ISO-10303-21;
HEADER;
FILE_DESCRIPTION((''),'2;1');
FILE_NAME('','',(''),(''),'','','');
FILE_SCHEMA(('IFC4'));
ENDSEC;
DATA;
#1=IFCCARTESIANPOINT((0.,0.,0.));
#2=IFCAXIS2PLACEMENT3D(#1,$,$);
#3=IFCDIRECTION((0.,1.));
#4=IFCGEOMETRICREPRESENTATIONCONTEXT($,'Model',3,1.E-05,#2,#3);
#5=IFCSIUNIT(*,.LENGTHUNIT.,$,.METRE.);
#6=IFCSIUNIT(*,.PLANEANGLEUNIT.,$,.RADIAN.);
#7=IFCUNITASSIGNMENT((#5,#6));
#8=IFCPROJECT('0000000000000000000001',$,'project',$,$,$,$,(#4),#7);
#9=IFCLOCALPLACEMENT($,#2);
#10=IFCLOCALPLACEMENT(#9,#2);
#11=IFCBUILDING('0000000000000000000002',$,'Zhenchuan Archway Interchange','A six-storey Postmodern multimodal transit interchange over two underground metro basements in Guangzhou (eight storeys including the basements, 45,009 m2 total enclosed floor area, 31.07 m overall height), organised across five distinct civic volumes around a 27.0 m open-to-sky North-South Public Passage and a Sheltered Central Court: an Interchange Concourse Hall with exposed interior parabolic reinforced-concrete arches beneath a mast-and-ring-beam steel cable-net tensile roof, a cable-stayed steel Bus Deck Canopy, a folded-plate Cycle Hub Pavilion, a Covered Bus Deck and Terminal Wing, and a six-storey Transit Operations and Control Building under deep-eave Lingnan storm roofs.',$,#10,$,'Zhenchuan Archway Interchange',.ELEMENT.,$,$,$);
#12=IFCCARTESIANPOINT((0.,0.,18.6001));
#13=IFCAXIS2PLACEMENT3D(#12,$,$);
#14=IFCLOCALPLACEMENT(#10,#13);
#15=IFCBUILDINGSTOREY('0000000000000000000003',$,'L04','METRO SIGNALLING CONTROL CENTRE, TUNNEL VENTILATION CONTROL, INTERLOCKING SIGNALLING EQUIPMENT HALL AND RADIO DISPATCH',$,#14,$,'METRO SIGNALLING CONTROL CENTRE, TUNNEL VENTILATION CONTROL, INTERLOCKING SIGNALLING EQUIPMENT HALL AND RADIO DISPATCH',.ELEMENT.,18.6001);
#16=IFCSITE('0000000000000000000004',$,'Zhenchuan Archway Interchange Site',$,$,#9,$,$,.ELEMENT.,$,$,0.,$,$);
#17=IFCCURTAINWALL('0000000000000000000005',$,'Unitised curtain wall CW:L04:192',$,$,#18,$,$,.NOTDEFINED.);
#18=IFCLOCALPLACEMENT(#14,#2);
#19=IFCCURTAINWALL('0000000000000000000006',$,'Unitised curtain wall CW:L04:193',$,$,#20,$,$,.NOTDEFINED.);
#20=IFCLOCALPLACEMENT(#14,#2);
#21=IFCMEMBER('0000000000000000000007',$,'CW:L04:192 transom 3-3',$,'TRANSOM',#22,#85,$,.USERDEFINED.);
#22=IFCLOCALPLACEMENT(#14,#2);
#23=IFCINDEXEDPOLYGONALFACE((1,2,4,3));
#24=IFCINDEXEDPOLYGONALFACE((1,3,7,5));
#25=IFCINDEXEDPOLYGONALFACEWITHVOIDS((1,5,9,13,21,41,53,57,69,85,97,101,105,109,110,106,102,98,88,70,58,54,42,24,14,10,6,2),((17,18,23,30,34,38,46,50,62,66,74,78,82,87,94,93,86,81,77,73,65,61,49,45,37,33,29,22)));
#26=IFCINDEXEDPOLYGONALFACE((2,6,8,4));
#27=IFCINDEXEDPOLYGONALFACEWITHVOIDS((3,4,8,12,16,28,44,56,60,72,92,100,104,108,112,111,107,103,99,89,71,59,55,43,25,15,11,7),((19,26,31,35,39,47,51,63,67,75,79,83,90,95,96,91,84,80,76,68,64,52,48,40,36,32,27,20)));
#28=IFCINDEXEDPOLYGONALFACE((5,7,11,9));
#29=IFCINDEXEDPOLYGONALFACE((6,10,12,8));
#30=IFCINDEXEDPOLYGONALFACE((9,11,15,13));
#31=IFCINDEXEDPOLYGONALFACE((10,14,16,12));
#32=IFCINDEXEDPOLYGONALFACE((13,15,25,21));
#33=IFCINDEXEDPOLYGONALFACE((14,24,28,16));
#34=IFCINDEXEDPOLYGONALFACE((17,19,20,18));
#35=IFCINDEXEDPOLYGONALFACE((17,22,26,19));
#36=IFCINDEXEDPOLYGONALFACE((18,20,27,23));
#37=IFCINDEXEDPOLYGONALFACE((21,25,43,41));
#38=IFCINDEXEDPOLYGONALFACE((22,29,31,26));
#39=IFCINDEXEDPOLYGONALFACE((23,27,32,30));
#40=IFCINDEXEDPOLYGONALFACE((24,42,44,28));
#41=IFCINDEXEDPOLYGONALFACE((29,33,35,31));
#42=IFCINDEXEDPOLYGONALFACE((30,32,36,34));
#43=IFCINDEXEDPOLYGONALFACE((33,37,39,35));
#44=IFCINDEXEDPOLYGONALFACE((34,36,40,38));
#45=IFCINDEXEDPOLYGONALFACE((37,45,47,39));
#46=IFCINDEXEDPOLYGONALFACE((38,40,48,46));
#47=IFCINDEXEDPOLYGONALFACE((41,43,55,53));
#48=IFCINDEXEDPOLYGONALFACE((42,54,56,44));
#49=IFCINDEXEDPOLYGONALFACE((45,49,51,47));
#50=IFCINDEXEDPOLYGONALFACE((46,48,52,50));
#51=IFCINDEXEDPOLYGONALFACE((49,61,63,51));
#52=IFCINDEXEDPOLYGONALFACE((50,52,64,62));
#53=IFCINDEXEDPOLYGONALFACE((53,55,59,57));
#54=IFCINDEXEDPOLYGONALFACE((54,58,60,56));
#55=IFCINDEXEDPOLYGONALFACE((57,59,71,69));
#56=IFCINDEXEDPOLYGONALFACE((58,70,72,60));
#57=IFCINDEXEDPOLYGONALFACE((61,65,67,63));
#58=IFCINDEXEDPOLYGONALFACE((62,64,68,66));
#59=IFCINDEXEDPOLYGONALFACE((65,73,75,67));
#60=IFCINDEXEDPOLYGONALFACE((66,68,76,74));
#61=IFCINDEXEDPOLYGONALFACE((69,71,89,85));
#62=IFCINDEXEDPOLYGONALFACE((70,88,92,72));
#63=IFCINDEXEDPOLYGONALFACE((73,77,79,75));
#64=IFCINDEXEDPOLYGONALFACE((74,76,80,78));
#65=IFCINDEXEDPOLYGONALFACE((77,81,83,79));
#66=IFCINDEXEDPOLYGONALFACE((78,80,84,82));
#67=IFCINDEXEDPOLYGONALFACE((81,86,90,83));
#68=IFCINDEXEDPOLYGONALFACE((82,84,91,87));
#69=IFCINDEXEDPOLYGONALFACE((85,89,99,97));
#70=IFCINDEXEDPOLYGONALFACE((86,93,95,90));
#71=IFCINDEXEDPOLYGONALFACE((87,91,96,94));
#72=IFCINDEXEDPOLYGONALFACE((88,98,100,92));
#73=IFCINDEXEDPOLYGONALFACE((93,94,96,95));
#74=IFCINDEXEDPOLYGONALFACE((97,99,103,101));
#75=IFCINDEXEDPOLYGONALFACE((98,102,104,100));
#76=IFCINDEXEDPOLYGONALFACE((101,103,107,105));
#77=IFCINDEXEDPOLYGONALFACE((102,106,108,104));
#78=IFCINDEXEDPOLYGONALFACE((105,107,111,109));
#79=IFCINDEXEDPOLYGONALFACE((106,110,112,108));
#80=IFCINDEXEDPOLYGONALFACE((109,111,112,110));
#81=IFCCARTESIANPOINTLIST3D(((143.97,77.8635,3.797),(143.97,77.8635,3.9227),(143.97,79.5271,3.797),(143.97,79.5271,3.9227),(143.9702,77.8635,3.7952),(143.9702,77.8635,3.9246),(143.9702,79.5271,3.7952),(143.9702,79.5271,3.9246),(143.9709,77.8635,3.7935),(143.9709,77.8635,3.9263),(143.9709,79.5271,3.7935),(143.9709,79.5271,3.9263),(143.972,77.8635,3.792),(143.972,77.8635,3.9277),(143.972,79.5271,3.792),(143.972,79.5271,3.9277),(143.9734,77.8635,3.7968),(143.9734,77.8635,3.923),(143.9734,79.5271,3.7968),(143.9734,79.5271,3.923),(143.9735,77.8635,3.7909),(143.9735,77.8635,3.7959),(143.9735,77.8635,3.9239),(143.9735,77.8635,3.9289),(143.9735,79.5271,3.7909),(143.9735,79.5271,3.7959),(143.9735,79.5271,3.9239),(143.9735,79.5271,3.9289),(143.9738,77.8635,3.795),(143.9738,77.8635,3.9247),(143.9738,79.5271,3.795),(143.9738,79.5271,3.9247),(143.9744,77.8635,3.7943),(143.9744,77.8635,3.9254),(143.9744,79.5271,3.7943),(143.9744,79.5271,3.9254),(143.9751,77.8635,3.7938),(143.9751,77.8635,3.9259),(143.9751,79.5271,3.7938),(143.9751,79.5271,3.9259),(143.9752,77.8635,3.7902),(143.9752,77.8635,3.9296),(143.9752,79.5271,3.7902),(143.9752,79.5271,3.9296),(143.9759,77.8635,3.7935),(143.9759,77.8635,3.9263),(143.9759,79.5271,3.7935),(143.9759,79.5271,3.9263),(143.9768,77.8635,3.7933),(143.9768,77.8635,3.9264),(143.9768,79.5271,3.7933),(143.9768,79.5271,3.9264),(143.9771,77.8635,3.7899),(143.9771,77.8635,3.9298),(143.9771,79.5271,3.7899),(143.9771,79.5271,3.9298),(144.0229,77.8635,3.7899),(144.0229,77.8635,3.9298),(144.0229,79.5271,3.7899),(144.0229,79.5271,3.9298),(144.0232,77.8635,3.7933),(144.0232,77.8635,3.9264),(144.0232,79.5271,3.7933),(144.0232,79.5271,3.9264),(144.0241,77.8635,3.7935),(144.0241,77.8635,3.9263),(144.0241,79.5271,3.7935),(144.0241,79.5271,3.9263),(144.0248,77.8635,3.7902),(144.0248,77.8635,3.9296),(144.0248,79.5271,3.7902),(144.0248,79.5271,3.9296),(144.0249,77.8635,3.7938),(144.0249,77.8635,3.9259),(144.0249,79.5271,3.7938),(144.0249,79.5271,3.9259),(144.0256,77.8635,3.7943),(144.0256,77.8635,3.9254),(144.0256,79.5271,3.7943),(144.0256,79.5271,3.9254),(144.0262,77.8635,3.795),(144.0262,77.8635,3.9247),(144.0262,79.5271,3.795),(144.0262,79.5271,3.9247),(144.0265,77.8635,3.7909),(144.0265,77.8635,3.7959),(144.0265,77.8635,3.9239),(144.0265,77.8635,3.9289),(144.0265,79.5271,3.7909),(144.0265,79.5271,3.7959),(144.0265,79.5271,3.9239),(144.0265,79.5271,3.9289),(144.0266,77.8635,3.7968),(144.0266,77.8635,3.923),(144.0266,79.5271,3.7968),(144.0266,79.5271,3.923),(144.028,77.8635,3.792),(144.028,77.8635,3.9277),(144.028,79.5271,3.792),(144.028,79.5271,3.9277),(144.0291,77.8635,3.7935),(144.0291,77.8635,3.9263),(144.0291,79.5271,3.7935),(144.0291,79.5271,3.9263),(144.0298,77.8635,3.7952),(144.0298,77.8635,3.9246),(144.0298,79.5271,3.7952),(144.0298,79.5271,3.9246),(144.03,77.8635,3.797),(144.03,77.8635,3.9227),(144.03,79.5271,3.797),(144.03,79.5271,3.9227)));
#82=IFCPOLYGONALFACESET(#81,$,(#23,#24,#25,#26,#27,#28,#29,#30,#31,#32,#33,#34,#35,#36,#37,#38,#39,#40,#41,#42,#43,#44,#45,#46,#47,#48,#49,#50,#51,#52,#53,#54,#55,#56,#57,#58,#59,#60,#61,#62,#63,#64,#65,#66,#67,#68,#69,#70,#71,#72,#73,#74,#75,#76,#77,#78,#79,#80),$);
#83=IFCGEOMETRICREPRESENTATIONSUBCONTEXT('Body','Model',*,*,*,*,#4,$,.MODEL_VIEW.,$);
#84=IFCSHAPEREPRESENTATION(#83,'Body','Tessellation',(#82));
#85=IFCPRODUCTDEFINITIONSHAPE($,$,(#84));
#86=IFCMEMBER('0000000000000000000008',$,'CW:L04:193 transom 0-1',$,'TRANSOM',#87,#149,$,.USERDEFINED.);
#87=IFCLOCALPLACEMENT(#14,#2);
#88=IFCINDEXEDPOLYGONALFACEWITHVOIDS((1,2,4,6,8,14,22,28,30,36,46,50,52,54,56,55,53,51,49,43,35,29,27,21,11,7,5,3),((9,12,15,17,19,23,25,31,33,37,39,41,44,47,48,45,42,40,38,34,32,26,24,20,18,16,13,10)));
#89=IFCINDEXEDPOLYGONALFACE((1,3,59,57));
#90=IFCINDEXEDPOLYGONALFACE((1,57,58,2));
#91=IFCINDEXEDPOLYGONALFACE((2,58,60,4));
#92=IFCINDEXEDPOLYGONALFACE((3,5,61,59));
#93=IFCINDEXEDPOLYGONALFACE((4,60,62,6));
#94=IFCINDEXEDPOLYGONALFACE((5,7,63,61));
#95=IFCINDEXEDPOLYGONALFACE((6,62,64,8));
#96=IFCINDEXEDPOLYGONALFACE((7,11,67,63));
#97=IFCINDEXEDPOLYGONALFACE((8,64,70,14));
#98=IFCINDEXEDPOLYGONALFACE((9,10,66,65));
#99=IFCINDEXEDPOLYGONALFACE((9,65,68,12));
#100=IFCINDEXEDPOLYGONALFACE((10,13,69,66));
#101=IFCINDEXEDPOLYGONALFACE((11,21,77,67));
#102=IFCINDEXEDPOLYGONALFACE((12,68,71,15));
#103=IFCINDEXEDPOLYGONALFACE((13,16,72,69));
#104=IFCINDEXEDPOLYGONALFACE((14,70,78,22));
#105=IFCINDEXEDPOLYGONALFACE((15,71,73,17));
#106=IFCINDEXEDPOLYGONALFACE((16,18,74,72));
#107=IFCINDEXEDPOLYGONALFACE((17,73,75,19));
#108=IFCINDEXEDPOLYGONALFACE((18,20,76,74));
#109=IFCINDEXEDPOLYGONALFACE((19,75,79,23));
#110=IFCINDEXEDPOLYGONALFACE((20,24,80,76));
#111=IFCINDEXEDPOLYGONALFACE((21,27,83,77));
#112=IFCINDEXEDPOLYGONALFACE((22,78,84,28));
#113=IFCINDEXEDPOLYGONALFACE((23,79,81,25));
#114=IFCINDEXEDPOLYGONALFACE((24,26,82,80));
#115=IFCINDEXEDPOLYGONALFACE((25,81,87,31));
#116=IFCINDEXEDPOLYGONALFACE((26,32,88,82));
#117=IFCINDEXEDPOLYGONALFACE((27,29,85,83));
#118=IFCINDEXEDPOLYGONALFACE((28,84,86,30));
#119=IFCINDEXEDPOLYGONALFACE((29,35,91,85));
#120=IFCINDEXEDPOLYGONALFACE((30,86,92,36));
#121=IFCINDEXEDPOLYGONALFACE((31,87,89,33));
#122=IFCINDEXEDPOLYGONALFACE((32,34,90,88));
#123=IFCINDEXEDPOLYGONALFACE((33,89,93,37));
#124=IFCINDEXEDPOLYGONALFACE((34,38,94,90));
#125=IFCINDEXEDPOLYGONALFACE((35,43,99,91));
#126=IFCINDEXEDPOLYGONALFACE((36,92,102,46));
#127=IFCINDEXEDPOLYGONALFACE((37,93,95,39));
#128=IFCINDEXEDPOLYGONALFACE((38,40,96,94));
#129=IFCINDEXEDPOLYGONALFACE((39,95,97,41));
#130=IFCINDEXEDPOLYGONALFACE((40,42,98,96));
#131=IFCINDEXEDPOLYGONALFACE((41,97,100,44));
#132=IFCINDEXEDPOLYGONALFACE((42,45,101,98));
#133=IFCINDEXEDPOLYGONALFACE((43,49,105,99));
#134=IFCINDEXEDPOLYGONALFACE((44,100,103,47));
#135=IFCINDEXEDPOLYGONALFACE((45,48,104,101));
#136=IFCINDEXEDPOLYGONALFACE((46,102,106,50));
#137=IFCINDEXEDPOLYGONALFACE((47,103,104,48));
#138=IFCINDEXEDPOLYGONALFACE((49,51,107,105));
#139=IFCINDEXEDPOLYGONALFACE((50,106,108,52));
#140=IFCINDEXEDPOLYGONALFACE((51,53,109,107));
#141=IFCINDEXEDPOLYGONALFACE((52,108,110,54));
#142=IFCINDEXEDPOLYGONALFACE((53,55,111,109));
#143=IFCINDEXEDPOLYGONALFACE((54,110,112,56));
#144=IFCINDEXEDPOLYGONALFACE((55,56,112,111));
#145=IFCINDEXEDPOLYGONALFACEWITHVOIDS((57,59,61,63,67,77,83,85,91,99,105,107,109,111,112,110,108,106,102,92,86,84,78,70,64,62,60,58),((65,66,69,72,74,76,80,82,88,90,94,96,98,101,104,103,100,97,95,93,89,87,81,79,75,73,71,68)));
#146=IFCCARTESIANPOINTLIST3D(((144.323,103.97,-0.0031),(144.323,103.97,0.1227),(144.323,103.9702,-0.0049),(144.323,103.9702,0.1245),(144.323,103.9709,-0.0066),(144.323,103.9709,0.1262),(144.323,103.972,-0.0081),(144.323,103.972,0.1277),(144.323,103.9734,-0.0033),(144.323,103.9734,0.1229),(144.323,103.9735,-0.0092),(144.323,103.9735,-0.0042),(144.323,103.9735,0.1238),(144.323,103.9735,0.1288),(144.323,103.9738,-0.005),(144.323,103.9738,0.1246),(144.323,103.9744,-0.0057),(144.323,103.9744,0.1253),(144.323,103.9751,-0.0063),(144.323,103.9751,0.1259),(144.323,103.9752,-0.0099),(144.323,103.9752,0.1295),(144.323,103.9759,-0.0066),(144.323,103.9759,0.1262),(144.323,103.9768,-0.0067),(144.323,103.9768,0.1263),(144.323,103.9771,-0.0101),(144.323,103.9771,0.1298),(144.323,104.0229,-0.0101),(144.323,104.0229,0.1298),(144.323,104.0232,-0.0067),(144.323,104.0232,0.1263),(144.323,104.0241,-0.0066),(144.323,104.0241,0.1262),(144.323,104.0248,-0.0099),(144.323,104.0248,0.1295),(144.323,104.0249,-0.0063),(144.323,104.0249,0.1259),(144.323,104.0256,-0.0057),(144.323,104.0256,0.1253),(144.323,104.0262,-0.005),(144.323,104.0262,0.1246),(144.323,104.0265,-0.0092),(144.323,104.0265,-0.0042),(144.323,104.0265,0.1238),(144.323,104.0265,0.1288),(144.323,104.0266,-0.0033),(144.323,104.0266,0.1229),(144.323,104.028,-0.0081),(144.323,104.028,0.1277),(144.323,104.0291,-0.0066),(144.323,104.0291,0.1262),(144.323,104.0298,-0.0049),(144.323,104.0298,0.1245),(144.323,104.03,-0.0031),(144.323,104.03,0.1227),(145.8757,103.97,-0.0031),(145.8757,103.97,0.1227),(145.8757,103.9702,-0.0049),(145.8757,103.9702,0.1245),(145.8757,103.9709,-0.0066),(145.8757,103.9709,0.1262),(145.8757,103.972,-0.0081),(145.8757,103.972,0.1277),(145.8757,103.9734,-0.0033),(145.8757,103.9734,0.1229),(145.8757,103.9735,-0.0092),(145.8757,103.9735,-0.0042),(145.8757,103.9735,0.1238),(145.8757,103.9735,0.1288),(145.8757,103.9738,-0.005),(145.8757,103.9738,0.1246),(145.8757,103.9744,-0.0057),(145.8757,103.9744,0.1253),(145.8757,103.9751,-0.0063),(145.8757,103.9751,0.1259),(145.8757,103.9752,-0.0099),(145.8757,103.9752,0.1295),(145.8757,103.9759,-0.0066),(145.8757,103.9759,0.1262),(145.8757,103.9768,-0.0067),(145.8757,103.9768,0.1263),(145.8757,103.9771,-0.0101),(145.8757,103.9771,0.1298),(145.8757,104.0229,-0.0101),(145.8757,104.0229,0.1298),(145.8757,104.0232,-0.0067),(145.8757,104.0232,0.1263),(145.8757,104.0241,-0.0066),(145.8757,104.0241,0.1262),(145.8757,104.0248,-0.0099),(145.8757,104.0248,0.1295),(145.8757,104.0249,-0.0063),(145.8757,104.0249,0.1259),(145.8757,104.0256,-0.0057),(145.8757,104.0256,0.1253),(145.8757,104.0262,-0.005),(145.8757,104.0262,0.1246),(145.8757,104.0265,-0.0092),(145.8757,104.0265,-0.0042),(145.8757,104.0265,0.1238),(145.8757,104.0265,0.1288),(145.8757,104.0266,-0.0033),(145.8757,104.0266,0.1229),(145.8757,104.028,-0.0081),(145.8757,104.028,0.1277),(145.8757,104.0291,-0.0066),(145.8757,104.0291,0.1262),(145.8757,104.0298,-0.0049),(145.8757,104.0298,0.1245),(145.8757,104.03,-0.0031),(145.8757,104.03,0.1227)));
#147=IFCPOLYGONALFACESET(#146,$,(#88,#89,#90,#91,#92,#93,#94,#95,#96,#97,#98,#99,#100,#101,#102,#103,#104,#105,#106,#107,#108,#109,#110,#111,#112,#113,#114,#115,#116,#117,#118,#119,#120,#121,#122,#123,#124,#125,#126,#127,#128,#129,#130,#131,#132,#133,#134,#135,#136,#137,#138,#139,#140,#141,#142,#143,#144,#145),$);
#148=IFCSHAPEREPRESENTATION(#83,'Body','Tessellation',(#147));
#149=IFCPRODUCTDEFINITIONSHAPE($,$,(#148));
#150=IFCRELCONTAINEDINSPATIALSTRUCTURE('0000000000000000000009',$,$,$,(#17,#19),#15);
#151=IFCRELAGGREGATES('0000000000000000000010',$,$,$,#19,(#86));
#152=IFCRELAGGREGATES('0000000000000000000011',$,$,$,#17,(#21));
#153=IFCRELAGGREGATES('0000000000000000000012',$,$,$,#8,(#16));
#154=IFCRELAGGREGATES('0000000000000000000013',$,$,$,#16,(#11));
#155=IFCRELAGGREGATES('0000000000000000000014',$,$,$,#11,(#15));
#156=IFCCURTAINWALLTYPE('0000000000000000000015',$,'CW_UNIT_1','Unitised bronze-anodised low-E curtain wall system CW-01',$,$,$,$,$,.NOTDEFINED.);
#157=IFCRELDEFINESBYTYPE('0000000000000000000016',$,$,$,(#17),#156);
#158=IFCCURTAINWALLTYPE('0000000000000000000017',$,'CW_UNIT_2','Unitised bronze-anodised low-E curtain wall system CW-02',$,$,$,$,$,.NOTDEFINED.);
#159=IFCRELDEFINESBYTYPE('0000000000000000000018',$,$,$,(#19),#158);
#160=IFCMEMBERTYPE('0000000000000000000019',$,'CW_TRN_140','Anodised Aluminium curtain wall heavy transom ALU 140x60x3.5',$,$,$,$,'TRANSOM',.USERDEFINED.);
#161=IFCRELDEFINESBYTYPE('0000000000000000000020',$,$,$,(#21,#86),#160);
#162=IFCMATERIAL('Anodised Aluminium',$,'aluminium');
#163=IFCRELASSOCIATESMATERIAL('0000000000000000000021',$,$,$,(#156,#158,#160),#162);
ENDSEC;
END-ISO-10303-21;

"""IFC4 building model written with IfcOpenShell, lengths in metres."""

from ifc_helpers import new_model, si_unit, direction, frame, origin, origin_2d, place, context, subcontext, project, spatial, hollow_rectangle, extrude, material, material_profile, profile_set, type_object, element, aggregate, save


model = new_model("IFC4")

# Units and contexts
model_context = context("Model", 3, precision=1e-05, world=origin(), true_north=direction((0.0, 1.0)))
body_context = subcontext(model_context, "Body", "Model", "MODEL_VIEW")
ifc_project = project(units=[si_unit("LENGTHUNIT", "METRE"), si_unit("PLANEANGLEUNIT", "RADIAN")], contexts=[model_context])

# Site, building, storey
site_placement = place(None, origin())
site = spatial("IfcSite", under=ifc_project, at=site_placement, Name="Zhenchuan Archway Interchange Site", CompositionType="ELEMENT", RefElevation=0.0)
building_placement = place(site_placement, origin())
building = spatial("IfcBuilding", under=site, at=building_placement, Name="Zhenchuan Archway Interchange", Description="A six-storey Postmodern multimodal transit interchange over two underground metro basements in Guangzhou (eight storeys including the basements, 45,009 m2 total enclosed floor area, 31.07 m overall height), organised across five distinct civic volumes around a 27.0 m open-to-sky North-South Public Passage and a Sheltered Central Court: an Interchange Concourse Hall with exposed interior parabolic reinforced-concrete arches beneath a mast-and-ring-beam steel cable-net tensile roof, a cable-stayed steel Bus Deck Canopy, a folded-plate Cycle Hub Pavilion, a Covered Bus Deck and Terminal Wing, and a six-storey Transit Operations and Control Building under deep-eave Lingnan storm roofs.", LongName="Zhenchuan Archway Interchange", CompositionType="ELEMENT")
storey_placement = place(building_placement, frame((0.0, 0.0, 18.6001)))
storey = spatial("IfcBuildingStorey", under=building, at=storey_placement, Name="L04", Description="METRO SIGNALLING CONTROL CENTRE, TUNNEL VENTILATION CONTROL, INTERLOCKING SIGNALLING EQUIPMENT HALL AND RADIO DISPATCH", LongName="METRO SIGNALLING CONTROL CENTRE, TUNNEL VENTILATION CONTROL, INTERLOCKING SIGNALLING EQUIPMENT HALL AND RADIO DISPATCH", CompositionType="ELEMENT", Elevation=18.6001)

# Curtain walls
ifc_material_1 = material(Name="Anodised Aluminium", Category="aluminium")
curtain_wall_type_1 = type_object("IfcCurtainWallType", Name="CW_UNIT_1", Description="Unitised bronze-anodised low-E curtain wall system CW-01", PredefinedType="NOTDEFINED", material=ifc_material_1)
curtain_wall_1_placement = place(storey_placement, origin())
curtain_wall_1 = element("IfcCurtainWall", 1, at=curtain_wall_1_placement, inside=storey, type_object=curtain_wall_type_1, Name="Unitised curtain wall CW:L04:192", PredefinedType="NOTDEFINED")
curtain_wall_type_2 = type_object("IfcCurtainWallType", Name="CW_UNIT_2", Description="Unitised bronze-anodised low-E curtain wall system CW-02", PredefinedType="NOTDEFINED", material=ifc_material_1)
curtain_wall_2_placement = place(storey_placement, origin())
curtain_wall_2 = element("IfcCurtainWall", 2, at=curtain_wall_2_placement, inside=storey, type_object=curtain_wall_type_2, Name="Unitised curtain wall CW:L04:193", PredefinedType="NOTDEFINED")

# Members
ifc_material_profile_1 = material_profile(ifc_material_1, hollow_rectangle(XDim=0.0601, YDim=0.1399, WallThickness=0.0034, InnerFilletRadius=0.0034, OuterFilletRadius=0.0071, at=origin_2d()), Name="ALU 140x60x3.5")
ifc_profile_set_1 = profile_set([ifc_material_profile_1], Name="Anodised Aluminium")
member_type_1 = type_object("IfcMemberType", Name="CW_TRN_140", Description="Anodised Aluminium curtain wall heavy transom ALU 140x60x3.5", ElementType="TRANSOM", PredefinedType="USERDEFINED", material=ifc_profile_set_1)
member_1_placement = place(storey_placement, frame((144.0, 77.8635, 3.8599), z_axis=(0.0, 1.0, 0.0), x_axis=(-1.0, 0.0, 0.0)))
member_1 = element("IfcMember", 3, at=member_1_placement, type_object=member_type_1, Name="CW:L04:192 transom 3-3", ObjectType="TRANSOM", PredefinedType="USERDEFINED", context=body_context, shape_type="SweptSolid", body=[
    extrude(hollow_rectangle(XDim=0.0601, YDim=0.1399, WallThickness=0.0034, InnerFilletRadius=0.0034, OuterFilletRadius=0.0071, at=origin_2d()), origin(), (0.0, 0.0, 1.0), 1.6636),
])
member_2_placement = place(storey_placement, frame((144.323, 104.0, 0.0598), z_axis=(1.0, 0.0, 0.0), x_axis=(0.0, 1.0, 0.0)))
member_2 = element("IfcMember", 4, at=member_2_placement, type_object=member_type_1, Name="CW:L04:193 transom 0-1", ObjectType="TRANSOM", PredefinedType="USERDEFINED", context=body_context, shape_type="SweptSolid", body=[
    extrude(hollow_rectangle(XDim=0.0601, YDim=0.1399, WallThickness=0.0034, InnerFilletRadius=0.0034, OuterFilletRadius=0.0071, at=origin_2d()), origin(), (0.0, 0.0, 1.0), 1.5527),
])

aggregate(curtain_wall_2, [member_2])
aggregate(curtain_wall_1, [member_1])

save(model, "model.ifc")
